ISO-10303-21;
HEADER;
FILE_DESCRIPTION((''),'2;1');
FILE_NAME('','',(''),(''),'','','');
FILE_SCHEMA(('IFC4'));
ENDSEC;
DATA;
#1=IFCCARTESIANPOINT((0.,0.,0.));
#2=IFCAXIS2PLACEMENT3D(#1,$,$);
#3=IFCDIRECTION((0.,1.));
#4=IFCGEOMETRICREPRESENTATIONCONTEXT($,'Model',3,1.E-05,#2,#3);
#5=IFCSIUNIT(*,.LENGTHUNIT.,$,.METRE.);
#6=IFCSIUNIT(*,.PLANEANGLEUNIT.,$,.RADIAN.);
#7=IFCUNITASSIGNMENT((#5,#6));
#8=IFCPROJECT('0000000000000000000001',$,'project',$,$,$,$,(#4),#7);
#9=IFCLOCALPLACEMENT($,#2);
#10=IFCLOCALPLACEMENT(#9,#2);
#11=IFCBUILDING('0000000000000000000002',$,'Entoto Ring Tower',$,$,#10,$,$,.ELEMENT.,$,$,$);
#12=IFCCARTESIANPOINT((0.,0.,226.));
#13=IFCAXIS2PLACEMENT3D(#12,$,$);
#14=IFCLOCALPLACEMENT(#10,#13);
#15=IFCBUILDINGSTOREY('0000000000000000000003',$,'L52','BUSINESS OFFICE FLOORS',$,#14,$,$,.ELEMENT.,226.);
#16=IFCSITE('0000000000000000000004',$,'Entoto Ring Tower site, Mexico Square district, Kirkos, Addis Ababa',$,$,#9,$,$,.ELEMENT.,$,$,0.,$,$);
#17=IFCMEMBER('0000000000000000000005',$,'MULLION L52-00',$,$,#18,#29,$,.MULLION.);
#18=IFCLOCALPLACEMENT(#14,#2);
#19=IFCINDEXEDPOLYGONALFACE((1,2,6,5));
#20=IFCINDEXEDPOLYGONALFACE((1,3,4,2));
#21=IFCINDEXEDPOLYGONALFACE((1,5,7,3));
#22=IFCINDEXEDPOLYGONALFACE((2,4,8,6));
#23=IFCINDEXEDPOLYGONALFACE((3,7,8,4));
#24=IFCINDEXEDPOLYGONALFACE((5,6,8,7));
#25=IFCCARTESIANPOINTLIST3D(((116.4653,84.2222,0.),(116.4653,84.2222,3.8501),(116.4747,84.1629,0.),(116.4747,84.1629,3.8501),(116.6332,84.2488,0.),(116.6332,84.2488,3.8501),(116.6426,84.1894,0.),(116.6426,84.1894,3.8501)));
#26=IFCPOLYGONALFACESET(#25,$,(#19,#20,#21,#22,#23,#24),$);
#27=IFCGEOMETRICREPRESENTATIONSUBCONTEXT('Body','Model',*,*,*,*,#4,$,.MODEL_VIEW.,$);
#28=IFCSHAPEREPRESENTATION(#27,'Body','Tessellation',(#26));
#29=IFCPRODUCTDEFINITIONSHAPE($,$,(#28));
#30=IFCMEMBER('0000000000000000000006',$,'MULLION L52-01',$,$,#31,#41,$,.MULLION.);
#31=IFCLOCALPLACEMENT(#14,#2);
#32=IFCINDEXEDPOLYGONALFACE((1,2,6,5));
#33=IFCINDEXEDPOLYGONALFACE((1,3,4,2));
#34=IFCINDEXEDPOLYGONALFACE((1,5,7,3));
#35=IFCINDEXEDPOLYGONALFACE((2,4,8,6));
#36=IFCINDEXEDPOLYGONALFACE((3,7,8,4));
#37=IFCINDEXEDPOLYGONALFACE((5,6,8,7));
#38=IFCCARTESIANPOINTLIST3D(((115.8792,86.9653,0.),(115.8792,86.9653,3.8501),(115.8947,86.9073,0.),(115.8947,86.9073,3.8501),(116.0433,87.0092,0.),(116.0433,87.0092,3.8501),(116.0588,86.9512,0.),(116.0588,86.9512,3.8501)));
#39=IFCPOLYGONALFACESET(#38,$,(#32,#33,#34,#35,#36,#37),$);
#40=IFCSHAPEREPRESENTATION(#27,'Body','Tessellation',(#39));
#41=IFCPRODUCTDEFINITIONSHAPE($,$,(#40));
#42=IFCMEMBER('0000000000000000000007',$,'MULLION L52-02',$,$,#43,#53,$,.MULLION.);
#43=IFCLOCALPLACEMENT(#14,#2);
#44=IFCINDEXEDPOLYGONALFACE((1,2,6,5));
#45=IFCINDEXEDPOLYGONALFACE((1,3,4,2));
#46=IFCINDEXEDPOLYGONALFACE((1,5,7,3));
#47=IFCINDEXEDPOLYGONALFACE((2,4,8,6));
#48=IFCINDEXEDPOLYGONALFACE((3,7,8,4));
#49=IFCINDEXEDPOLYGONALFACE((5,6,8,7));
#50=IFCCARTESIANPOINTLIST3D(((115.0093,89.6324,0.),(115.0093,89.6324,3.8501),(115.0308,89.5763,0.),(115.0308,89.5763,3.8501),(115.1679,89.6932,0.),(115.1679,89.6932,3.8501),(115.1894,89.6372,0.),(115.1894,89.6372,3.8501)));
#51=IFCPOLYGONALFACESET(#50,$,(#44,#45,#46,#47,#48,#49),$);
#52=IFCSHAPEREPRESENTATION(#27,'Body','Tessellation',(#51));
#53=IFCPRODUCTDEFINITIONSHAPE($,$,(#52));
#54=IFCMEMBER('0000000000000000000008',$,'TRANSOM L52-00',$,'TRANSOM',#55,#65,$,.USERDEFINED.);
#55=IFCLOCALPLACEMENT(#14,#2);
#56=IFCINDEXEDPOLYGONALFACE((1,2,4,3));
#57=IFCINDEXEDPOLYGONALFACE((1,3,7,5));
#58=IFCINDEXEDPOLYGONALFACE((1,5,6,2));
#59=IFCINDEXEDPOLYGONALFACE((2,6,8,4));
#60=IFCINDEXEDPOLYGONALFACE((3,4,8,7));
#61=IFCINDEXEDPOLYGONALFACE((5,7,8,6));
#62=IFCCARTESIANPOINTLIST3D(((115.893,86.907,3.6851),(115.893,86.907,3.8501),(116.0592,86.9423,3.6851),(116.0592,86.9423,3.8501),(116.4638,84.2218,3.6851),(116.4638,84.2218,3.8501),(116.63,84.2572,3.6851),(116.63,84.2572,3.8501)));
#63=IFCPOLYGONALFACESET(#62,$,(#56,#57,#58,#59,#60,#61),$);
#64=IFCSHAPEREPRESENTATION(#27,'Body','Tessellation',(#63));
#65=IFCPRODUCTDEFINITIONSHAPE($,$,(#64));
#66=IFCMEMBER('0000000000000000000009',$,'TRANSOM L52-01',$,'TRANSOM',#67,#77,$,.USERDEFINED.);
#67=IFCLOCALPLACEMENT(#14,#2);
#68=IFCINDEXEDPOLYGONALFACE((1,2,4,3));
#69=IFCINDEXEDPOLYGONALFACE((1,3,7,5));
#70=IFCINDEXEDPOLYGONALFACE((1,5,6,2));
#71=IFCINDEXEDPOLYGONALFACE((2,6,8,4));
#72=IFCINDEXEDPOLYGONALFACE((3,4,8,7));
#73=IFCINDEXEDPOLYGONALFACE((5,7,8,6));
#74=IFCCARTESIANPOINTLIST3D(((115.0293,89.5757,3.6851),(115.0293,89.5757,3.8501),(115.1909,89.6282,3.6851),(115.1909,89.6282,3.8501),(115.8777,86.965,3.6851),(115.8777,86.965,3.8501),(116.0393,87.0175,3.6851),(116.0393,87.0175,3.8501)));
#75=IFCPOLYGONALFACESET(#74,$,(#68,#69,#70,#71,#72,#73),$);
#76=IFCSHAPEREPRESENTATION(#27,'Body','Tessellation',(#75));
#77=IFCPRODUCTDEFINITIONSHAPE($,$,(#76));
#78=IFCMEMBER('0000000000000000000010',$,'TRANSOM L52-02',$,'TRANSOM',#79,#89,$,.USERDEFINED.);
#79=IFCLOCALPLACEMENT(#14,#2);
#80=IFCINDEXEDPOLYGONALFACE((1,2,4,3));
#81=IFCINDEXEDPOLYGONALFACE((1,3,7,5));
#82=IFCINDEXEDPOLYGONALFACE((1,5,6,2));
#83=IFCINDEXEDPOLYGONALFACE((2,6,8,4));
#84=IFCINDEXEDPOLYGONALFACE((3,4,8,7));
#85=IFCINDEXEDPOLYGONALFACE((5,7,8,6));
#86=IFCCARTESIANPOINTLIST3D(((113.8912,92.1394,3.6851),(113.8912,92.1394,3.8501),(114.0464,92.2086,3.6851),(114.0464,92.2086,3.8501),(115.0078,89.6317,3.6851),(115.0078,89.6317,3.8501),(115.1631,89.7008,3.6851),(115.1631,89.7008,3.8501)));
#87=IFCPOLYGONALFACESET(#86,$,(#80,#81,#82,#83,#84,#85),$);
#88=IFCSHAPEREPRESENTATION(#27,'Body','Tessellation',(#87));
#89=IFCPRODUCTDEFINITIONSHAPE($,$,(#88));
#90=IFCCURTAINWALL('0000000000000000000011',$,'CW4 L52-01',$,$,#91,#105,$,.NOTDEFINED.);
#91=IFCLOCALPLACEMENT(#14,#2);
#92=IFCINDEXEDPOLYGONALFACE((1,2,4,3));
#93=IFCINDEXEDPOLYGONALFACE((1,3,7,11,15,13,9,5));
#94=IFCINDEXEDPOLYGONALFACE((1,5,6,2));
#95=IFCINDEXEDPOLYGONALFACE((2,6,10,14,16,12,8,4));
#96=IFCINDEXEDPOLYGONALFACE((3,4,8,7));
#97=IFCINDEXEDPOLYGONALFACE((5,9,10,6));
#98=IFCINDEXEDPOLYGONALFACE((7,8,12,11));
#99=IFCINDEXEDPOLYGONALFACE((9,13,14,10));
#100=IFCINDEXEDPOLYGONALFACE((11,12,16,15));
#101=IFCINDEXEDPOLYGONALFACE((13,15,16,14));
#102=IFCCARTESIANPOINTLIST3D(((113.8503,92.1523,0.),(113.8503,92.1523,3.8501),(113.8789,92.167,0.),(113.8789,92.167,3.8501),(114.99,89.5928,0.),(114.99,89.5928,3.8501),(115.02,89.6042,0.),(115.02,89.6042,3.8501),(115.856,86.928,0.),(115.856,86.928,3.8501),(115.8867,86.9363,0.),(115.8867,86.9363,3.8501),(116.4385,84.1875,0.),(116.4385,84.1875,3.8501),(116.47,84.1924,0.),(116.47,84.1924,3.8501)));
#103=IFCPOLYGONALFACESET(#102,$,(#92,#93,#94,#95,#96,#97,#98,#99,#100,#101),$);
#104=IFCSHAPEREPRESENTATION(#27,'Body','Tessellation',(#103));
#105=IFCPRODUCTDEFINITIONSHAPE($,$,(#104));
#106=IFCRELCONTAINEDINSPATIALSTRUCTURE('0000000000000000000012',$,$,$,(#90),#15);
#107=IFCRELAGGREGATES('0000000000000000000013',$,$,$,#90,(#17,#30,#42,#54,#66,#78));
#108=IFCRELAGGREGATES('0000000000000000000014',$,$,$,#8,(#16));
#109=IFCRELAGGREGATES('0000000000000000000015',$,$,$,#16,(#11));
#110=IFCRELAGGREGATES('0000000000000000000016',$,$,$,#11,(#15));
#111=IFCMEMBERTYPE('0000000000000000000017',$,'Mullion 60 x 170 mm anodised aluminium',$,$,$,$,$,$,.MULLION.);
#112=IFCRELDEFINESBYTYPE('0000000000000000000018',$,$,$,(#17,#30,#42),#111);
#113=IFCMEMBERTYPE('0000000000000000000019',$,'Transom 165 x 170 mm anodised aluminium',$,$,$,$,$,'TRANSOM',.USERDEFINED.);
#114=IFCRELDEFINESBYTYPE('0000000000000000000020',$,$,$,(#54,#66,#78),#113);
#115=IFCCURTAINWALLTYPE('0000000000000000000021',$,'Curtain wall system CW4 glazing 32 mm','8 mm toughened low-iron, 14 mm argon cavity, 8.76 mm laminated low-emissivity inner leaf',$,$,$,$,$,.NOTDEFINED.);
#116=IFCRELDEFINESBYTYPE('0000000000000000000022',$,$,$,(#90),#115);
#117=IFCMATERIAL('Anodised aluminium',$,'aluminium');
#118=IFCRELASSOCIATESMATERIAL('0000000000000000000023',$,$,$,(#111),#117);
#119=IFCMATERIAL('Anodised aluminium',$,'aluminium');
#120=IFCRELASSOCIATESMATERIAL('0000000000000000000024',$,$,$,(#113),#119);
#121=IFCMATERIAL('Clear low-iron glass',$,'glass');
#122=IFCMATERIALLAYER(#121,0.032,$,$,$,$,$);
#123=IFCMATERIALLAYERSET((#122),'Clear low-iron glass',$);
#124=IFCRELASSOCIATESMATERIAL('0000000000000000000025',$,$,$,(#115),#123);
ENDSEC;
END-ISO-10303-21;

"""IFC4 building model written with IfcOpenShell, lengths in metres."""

from ifc_helpers import new_model, si_unit, direction, frame, origin, origin_2d, place, context, subcontext, project, spatial, polyline, rectangle, outline, extrude, material, layer, layer_set, material_profile, profile_set, type_object, element, aggregate, save


model = new_model("IFC4")

# Units and contexts
model_context = context("Model", 3, precision=1e-05, world=origin(), true_north=direction((0.0, 1.0)))
body_context = subcontext(model_context, "Body", "Model", "MODEL_VIEW")
ifc_project = project(units=[si_unit("LENGTHUNIT", "METRE"), si_unit("PLANEANGLEUNIT", "RADIAN")], contexts=[model_context])

# Members
ifc_material_1 = material(Name="Anodised aluminium", Category="aluminium")
ifc_material_profile_1 = material_profile(ifc_material_1, rectangle(XDim=0.0601, YDim=0.1699, at=origin_2d()), Name="Mullion 60 x 170 mm anodised aluminium")
ifc_profile_set_1 = profile_set([ifc_material_profile_1], Name="Anodised aluminium")
member_type_1 = type_object("IfcMemberType", Name="Mullion 60 x 170 mm anodised aluminium", PredefinedType="MULLION", material=ifc_profile_set_1)
site_placement = place(None, origin())
building_placement = place(site_placement, origin())
storey_placement = place(building_placement, frame((0.0, 0.0, 226.0)))
member_1_placement = place(storey_placement, frame((116.554, 84.2058, 0.0), z_axis=(0.0, 0.0, 1.0), x_axis=(-0.156434, 0.987688, 0.0)))
member_1 = element("IfcMember", 1, at=member_1_placement, type_object=member_type_1, Name="MULLION L52-00", PredefinedType="MULLION", context=body_context, shape_type="SweptSolid", body=[
    extrude(rectangle(XDim=0.0601, YDim=0.1699, at=origin_2d()), origin(), (0.0, 0.0, 1.0), 3.8501),
])
member_2_placement = place(storey_placement, frame((115.969, 86.9583, 0.0), z_axis=(0.0, 0.0, 1.0), x_axis=(-0.258819, 0.965926, 0.0)))
member_2 = element("IfcMember", 2, at=member_2_placement, type_object=member_type_1, Name="MULLION L52-01", PredefinedType="MULLION", context=body_context, shape_type="SweptSolid", body=[
    extrude(rectangle(XDim=0.0601, YDim=0.1699, at=origin_2d()), origin(), (0.0, 0.0, 1.0), 3.8501),
])
member_3_placement = place(storey_placement, frame((115.0994, 89.6348, 0.0), z_axis=(0.0, 0.0, 1.0), x_axis=(-0.358368, 0.93358, 0.0)))
member_3 = element("IfcMember", 3, at=member_3_placement, type_object=member_type_1, Name="MULLION L52-02", PredefinedType="MULLION", context=body_context, shape_type="SweptSolid", body=[
    extrude(rectangle(XDim=0.0601, YDim=0.1699, at=origin_2d()), origin(), (0.0, 0.0, 1.0), 3.8501),
])
ifc_material_2 = material(Name="Anodised aluminium", Category="aluminium")
ifc_material_profile_2 = material_profile(ifc_material_2, rectangle(XDim=0.1699, YDim=0.165, at=origin_2d()), Name="Transom 165 x 170 mm anodised aluminium")
ifc_profile_set_2 = profile_set([ifc_material_profile_2], Name="Anodised aluminium")
member_type_2 = type_object("IfcMemberType", Name="Transom 165 x 170 mm anodised aluminium", ElementType="TRANSOM", PredefinedType="USERDEFINED", material=ifc_profile_set_2)
member_4_placement = place(storey_placement, frame((116.5469, 84.2395, 3.7676), z_axis=(-0.207937, 0.978142, 0.0), x_axis=(-0.978142, -0.207937, 0.0)))
member_4 = element("IfcMember", 4, at=member_4_placement, type_object=member_type_2, Name="TRANSOM L52-00", ObjectType="TRANSOM", PredefinedType="USERDEFINED", context=body_context, shape_type="SweptSolid", body=[
    extrude(rectangle(XDim=0.1699, YDim=0.165, at=origin_2d()), origin(), (0.0, 0.0, 1.0), 2.7451),
])
member_5_placement = place(storey_placement, frame((115.9585, 86.9912, 3.7676), z_axis=(-0.309042, 0.951048, 0.0), x_axis=(-0.951048, -0.309042, 0.0)))
member_5 = element("IfcMember", 5, at=member_5_placement, type_object=member_type_2, Name="TRANSOM L52-01", ObjectType="TRANSOM", PredefinedType="USERDEFINED", context=body_context, shape_type="SweptSolid", body=[
    extrude(rectangle(XDim=0.1699, YDim=0.165, at=origin_2d()), origin(), (0.0, 0.0, 1.0), 2.7451),
])
member_6_placement = place(storey_placement, frame((115.0854, 89.6663, 3.7676), z_axis=(-0.406782, 0.913525, 0.0), x_axis=(-0.913525, -0.406782, 0.0)))
member_6 = element("IfcMember", 6, at=member_6_placement, type_object=member_type_2, Name="TRANSOM L52-02", ObjectType="TRANSOM", PredefinedType="USERDEFINED", context=body_context, shape_type="SweptSolid", body=[
    extrude(rectangle(XDim=0.1699, YDim=0.165, at=origin_2d()), origin(), (0.0, 0.0, 1.0), 2.7451),
])

# Site, building, storey
site = spatial("IfcSite", under=ifc_project, at=site_placement, Name="Entoto Ring Tower site, Mexico Square district, Kirkos, Addis Ababa", CompositionType="ELEMENT", RefElevation=0.0)
building = spatial("IfcBuilding", under=site, at=building_placement, Name="Entoto Ring Tower", CompositionType="ELEMENT")
storey = spatial("IfcBuildingStorey", under=building, at=storey_placement, Name="L52", Description="BUSINESS OFFICE FLOORS", CompositionType="ELEMENT", Elevation=226.0)

# Curtain wall
ifc_material_3 = material(Name="Clear low-iron glass", Category="glass")
ifc_layer_1 = layer(ifc_material_3, 0.032)
ifc_layer_set_1 = layer_set([ifc_layer_1], Name="Clear low-iron glass")
curtain_wall_type = type_object("IfcCurtainWallType", Name="Curtain wall system CW4 glazing 32 mm", Description="8 mm toughened low-iron, 14 mm argon cavity, 8.76 mm laminated low-emissivity inner leaf", PredefinedType="NOTDEFINED", material=ifc_layer_set_1)
curtain_wall_1_placement = place(storey_placement, origin())
curtain_wall_1 = element("IfcCurtainWall", 7, at=curtain_wall_1_placement, inside=storey, type_object=curtain_wall_type, Name="CW4 L52-01", PredefinedType="NOTDEFINED", context=body_context, shape_type="SweptSolid", body=[
    extrude(outline(polyline([(116.47, 84.1924), (115.8867, 86.9363), (115.02, 89.6042), (113.8789, 92.167), (113.8503, 92.1523), (114.99, 89.5928), (115.856, 86.928), (116.4385, 84.1875), (116.47, 84.1924)])), origin(), (0.0, 0.0, 1.0), 3.8501),
])
aggregate(curtain_wall_1, [member_1, member_2, member_3, member_4, member_5, member_6])

save(model, "model.ifc")
